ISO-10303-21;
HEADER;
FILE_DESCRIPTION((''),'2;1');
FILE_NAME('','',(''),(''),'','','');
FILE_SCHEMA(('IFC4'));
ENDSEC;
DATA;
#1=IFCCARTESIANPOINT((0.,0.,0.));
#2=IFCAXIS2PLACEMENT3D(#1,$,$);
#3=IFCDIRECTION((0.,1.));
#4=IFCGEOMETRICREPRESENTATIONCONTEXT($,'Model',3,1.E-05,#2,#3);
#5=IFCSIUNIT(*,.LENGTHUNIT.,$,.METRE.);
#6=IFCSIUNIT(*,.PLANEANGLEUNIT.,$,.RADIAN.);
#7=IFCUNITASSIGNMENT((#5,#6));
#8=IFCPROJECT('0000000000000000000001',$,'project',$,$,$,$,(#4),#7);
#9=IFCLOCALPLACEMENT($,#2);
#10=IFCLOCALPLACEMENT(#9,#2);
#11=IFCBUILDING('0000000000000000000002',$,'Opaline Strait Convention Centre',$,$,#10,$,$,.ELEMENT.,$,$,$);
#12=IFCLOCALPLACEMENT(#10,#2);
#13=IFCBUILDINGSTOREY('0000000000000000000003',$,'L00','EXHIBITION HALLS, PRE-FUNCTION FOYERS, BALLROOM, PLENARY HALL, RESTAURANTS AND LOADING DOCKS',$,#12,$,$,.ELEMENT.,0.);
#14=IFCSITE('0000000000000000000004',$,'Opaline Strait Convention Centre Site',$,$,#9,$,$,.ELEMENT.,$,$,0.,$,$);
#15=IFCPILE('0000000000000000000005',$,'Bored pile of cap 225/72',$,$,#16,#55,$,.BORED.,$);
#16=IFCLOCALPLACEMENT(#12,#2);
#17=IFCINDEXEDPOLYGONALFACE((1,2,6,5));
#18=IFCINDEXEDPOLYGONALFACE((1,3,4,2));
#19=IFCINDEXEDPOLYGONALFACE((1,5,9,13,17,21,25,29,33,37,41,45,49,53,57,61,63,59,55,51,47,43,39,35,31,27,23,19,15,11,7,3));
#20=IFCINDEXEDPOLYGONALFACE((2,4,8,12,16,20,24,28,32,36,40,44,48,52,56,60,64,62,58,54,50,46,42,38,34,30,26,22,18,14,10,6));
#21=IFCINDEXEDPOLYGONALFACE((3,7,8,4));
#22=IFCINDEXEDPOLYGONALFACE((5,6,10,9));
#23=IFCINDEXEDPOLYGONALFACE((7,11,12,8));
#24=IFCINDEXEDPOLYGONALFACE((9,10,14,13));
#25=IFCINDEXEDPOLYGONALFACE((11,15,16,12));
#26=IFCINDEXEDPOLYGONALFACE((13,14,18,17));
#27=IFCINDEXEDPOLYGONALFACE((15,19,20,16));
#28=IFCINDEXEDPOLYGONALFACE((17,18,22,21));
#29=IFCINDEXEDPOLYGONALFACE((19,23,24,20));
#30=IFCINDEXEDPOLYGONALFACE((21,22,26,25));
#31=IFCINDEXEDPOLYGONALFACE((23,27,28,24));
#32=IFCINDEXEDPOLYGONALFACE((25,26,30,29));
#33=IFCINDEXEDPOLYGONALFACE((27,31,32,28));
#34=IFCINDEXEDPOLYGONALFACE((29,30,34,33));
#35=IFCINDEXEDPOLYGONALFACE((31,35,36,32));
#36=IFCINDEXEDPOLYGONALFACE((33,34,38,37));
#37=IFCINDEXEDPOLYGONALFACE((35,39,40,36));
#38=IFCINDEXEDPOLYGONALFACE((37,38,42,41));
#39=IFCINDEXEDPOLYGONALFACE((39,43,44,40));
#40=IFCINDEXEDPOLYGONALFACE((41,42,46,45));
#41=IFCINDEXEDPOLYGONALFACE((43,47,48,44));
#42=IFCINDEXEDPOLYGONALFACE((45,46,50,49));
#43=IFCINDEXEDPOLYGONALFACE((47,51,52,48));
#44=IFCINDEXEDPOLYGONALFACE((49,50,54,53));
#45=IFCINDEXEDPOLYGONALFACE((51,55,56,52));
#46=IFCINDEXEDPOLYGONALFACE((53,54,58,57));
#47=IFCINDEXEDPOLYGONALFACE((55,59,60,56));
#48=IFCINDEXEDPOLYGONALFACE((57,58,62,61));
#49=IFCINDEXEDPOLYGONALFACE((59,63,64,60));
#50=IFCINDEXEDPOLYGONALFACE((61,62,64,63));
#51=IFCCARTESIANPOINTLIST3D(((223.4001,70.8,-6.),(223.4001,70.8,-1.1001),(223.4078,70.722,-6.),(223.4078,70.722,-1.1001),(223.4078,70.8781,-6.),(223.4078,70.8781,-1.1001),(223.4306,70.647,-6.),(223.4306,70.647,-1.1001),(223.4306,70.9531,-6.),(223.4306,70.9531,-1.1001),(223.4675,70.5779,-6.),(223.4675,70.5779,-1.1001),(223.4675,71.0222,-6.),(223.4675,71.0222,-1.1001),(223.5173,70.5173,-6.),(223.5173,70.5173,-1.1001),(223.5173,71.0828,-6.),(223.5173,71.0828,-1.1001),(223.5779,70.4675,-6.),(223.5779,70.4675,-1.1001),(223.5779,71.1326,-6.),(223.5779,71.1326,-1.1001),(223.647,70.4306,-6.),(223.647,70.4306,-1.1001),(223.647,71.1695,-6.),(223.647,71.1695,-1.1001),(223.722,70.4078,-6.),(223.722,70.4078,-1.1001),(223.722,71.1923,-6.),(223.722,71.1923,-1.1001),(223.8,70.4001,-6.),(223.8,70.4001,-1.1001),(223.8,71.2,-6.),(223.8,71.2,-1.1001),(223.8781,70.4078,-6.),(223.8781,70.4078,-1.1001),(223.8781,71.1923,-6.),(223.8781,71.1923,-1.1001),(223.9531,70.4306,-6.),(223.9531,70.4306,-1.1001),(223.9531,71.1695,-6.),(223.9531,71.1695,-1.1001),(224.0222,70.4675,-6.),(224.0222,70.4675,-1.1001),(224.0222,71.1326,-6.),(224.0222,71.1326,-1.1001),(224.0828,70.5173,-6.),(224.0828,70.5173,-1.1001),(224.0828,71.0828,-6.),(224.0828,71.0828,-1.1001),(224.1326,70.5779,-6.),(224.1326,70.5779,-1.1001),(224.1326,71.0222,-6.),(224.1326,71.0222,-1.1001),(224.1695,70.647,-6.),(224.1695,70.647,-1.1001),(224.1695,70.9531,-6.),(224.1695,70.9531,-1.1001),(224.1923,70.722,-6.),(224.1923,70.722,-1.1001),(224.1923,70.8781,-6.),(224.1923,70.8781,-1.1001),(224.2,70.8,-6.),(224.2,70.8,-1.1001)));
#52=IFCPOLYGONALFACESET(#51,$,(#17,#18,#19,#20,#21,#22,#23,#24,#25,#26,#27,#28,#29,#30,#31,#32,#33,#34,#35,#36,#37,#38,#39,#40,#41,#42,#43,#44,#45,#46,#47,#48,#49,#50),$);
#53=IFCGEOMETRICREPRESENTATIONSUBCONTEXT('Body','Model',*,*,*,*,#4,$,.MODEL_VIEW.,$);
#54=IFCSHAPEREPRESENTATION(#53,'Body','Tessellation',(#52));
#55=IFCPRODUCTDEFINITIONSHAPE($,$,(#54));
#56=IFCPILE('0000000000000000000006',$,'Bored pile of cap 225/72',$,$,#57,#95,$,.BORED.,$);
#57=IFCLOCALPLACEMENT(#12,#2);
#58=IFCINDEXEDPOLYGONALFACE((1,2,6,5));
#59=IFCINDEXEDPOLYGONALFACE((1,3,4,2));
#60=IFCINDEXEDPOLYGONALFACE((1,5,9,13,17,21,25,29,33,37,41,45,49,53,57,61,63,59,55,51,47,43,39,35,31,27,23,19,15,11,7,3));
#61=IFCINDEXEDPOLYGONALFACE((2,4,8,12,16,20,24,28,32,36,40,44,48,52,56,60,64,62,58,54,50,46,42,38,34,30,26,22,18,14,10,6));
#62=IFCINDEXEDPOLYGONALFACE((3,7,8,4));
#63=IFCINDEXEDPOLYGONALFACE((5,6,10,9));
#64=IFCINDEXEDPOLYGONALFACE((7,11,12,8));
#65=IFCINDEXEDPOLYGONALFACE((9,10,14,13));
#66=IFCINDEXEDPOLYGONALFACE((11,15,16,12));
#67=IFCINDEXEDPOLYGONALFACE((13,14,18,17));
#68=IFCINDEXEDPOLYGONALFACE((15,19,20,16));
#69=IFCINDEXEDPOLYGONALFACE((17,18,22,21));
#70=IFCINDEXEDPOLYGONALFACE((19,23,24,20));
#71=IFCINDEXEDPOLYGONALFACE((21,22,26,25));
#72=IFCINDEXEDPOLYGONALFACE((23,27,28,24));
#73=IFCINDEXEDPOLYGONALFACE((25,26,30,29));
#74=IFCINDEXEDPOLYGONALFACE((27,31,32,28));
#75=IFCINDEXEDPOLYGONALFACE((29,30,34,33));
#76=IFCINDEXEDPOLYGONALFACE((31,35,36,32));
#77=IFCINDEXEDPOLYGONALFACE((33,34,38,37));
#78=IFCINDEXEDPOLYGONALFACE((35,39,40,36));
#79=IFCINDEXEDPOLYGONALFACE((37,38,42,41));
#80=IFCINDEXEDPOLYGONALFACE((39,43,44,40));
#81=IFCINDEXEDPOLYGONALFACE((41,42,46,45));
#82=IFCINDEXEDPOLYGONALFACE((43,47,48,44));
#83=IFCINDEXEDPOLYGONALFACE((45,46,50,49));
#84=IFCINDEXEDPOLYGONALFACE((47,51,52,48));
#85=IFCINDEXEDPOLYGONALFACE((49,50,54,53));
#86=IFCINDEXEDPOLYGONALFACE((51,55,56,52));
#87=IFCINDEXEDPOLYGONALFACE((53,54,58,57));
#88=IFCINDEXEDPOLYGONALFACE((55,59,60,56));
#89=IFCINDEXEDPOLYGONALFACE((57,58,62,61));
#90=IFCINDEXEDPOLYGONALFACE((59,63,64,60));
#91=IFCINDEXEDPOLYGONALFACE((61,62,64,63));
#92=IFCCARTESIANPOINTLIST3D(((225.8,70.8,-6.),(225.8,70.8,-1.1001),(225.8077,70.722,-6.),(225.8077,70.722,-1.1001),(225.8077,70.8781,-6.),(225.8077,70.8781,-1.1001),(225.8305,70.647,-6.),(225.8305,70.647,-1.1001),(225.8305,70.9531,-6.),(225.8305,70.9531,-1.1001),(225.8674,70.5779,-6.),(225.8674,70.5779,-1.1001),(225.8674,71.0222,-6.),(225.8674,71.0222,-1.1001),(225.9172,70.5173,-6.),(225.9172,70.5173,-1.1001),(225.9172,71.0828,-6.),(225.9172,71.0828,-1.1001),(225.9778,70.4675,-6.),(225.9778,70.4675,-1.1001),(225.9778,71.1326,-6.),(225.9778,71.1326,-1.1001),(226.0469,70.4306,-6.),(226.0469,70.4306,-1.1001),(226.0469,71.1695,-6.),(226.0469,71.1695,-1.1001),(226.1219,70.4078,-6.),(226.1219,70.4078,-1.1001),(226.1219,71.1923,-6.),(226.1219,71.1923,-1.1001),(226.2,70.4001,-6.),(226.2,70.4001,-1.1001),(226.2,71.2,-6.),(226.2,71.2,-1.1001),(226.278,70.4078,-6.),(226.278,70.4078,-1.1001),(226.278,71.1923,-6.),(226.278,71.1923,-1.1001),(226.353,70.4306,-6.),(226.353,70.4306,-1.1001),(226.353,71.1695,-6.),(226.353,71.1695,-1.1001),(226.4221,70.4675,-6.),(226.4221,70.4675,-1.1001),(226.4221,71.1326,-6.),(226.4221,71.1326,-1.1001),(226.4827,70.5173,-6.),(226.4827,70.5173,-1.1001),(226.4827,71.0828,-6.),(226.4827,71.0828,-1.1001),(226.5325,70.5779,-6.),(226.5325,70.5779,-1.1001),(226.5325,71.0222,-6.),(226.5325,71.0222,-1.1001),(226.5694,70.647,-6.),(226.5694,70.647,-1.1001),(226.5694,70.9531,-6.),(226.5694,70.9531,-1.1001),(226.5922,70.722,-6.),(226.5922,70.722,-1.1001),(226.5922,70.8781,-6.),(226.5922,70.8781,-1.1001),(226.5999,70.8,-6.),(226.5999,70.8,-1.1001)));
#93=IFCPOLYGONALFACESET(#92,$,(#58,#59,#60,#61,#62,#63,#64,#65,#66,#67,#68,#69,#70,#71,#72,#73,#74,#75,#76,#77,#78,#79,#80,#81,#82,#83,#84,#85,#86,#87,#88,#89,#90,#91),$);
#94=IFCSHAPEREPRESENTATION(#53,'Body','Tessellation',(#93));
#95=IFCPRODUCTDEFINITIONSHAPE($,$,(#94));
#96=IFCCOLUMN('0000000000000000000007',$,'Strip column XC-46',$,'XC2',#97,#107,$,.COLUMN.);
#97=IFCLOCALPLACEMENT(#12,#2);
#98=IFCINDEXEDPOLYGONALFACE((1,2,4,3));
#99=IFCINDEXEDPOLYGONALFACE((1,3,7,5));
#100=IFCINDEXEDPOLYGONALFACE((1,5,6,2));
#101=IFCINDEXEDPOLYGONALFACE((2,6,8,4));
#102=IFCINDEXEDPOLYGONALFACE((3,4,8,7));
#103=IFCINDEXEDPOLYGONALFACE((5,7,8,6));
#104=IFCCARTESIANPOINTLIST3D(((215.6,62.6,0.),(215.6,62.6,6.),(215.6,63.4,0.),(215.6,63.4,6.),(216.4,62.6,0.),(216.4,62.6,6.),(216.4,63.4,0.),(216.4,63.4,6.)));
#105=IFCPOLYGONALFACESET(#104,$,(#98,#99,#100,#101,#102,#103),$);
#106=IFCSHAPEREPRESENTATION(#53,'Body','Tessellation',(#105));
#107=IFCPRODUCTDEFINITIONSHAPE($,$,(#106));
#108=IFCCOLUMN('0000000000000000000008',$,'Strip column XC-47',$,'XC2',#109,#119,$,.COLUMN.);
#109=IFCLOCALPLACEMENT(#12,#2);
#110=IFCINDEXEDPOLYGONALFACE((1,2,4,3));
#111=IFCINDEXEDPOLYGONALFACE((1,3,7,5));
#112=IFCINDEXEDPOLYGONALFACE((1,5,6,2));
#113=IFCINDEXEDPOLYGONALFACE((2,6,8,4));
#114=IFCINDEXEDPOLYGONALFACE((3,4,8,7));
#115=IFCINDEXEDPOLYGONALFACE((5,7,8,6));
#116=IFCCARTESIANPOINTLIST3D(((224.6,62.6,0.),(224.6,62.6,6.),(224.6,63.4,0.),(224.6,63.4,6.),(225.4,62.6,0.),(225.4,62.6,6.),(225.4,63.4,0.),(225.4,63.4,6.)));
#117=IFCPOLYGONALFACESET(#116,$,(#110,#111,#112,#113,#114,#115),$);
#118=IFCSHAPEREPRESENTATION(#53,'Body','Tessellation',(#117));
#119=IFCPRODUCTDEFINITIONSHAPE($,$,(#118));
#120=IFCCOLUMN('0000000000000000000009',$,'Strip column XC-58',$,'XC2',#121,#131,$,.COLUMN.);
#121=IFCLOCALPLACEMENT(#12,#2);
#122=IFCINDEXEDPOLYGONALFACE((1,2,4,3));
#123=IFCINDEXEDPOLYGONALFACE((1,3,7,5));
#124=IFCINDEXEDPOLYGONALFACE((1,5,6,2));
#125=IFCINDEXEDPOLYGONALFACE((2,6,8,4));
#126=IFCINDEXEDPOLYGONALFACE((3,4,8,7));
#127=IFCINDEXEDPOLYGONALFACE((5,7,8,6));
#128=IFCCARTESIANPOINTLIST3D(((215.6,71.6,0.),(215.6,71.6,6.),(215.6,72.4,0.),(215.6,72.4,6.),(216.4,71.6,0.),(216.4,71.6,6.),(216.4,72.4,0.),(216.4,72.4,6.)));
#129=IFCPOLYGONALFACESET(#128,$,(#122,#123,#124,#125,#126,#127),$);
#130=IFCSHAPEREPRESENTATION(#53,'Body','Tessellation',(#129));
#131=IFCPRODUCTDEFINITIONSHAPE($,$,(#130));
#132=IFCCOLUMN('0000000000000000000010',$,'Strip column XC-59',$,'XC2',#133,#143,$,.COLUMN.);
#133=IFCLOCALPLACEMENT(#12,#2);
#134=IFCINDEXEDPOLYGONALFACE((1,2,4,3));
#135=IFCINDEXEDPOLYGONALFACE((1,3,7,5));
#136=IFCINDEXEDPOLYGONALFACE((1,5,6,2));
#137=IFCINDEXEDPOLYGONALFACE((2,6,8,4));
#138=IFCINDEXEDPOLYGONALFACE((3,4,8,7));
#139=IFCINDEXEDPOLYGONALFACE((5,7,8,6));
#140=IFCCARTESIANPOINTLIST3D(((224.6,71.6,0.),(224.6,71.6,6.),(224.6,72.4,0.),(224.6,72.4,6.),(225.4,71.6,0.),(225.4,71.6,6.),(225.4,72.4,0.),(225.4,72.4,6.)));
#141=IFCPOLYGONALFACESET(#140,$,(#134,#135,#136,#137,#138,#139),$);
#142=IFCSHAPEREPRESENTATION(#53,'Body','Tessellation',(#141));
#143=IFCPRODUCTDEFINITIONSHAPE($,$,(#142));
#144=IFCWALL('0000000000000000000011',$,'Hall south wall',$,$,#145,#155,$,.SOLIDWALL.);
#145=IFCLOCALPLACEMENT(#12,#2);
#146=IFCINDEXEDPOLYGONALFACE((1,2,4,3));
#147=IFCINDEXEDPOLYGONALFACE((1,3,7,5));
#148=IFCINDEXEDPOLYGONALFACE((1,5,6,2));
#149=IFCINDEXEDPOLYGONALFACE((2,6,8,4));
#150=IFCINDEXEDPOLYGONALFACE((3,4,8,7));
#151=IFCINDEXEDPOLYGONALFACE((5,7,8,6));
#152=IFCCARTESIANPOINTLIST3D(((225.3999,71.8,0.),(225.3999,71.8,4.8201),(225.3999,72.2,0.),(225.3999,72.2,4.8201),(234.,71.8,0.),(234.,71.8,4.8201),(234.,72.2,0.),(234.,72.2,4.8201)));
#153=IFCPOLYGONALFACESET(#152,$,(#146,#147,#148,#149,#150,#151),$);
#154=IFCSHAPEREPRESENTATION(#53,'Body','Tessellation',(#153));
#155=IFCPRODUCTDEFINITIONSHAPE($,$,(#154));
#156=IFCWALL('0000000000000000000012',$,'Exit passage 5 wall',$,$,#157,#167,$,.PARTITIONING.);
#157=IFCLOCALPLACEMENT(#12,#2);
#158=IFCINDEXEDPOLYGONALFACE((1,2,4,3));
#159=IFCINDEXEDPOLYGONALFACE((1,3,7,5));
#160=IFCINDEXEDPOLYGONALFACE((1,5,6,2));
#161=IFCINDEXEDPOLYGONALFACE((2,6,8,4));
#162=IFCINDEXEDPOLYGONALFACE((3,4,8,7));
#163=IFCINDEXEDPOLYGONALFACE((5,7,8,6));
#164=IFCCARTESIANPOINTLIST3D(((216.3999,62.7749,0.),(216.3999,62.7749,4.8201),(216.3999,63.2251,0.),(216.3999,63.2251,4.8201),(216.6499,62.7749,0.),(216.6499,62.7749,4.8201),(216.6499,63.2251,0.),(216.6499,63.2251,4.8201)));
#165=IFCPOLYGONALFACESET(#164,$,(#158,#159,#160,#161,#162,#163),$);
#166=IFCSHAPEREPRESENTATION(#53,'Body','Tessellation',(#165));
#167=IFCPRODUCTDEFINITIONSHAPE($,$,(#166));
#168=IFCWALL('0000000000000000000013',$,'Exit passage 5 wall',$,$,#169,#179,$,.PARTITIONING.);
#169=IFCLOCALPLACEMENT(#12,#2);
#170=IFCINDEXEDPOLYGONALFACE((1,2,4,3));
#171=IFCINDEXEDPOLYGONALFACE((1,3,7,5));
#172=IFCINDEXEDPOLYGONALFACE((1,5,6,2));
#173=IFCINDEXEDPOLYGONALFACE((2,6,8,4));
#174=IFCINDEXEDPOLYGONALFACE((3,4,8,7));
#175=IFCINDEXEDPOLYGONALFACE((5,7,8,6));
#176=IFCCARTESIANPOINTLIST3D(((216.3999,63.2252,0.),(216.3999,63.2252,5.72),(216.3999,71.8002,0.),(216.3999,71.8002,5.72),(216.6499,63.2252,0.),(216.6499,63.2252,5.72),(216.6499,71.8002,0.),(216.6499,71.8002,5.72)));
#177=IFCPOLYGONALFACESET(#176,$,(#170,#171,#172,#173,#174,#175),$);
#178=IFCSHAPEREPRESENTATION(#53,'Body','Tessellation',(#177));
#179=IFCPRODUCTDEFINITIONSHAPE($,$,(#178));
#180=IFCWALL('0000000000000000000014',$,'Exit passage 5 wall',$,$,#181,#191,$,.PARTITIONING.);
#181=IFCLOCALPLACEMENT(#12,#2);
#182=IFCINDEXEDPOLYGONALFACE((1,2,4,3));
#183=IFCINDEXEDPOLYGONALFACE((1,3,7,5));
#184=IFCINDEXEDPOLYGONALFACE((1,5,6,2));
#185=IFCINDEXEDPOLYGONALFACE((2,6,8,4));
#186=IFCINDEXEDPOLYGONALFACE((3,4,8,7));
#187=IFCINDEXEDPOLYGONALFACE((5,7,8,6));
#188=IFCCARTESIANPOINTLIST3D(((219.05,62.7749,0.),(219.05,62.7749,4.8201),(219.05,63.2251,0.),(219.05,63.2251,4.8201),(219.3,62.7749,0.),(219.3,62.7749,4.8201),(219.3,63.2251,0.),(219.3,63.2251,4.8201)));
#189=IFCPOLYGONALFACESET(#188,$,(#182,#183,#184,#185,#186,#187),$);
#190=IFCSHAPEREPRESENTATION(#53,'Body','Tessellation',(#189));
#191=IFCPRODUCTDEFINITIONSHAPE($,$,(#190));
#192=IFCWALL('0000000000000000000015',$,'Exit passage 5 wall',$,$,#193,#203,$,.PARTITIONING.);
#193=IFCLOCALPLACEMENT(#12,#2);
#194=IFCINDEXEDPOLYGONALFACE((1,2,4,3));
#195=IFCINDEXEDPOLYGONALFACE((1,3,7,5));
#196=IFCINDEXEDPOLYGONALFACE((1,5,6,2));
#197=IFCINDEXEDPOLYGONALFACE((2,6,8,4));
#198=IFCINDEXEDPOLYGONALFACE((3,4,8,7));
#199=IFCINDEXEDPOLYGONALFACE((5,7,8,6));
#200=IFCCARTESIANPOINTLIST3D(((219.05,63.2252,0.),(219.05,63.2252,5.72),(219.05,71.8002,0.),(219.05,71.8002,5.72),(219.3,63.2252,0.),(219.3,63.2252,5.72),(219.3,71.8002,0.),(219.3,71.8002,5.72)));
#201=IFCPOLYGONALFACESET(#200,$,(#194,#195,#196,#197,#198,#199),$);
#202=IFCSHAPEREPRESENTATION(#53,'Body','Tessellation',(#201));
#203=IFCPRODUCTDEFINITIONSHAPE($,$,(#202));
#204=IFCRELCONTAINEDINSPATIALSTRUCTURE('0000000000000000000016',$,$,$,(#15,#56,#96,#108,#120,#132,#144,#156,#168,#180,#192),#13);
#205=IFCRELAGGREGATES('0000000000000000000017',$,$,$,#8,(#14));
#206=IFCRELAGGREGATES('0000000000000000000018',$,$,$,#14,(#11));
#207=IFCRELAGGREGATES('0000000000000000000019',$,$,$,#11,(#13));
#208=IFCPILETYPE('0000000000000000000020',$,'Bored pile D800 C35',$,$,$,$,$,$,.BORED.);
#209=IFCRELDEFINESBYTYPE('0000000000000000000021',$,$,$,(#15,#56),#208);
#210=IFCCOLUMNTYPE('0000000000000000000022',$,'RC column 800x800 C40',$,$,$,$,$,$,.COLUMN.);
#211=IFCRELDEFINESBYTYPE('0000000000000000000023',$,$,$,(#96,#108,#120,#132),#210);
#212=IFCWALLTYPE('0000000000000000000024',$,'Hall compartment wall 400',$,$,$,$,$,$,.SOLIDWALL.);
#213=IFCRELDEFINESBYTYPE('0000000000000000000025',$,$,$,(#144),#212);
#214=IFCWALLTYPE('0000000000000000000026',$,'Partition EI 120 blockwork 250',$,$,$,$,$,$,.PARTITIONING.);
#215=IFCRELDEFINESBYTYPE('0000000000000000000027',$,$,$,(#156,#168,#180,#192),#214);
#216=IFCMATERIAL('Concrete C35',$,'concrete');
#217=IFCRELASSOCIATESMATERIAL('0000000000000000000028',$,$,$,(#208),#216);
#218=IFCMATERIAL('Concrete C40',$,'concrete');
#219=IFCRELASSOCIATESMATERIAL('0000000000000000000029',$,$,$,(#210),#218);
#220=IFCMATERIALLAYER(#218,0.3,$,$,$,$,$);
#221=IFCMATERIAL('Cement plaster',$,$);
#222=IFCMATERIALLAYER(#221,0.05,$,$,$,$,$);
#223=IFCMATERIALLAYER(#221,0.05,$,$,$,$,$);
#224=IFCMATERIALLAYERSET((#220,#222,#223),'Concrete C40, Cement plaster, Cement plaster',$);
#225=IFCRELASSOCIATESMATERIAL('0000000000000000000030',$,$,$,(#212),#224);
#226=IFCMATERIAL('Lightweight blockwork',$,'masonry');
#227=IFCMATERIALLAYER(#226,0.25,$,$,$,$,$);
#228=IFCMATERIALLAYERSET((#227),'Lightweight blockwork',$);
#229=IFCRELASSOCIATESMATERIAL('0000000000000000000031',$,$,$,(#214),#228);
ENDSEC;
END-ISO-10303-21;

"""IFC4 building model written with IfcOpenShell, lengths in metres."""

from ifc_helpers import new_model, si_unit, direction, frame, frame_2d, origin, origin_2d, place, context, subcontext, project, spatial, rectangle, circle, extrude, material, layer, layer_set, material_profile, profile_set, type_object, element, save


model = new_model("IFC4")

# Units and contexts
model_context = context("Model", 3, precision=1e-05, world=origin(), true_north=direction((0.0, 1.0)))
body_context = subcontext(model_context, "Body", "Model", "MODEL_VIEW")
ifc_project = project(units=[si_unit("LENGTHUNIT", "METRE"), si_unit("PLANEANGLEUNIT", "RADIAN")], contexts=[model_context])

# Site, building, storey
site_placement = place(None, origin())
site = spatial("IfcSite", under=ifc_project, at=site_placement, Name="Opaline Strait Convention Centre Site", CompositionType="ELEMENT", RefElevation=0.0)
building_placement = place(site_placement, origin())
building = spatial("IfcBuilding", under=site, at=building_placement, Name="Opaline Strait Convention Centre", CompositionType="ELEMENT")
storey_placement = place(building_placement, origin())
storey = spatial("IfcBuildingStorey", under=building, at=storey_placement, Name="L00", Description="EXHIBITION HALLS, PRE-FUNCTION FOYERS, BALLROOM, PLENARY HALL, RESTAURANTS AND LOADING DOCKS", CompositionType="ELEMENT", Elevation=0.0)

# Piles
ifc_material_1 = material(Name="Concrete C35", Category="concrete")
ifc_material_profile_1 = material_profile(ifc_material_1, circle(Radius=0.3999, at=origin_2d()), Name="D800")
ifc_profile_set_1 = profile_set([ifc_material_profile_1], Name="Concrete C35")
pile_type = type_object("IfcPileType", Name="Bored pile D800 C35", PredefinedType="BORED", material=ifc_profile_set_1)
for number, where, z_axis, x_axis, name in (
    (1, (223.8, 70.8, -1.1001), (0.0, 0.0, -1.0), (1.0, 0.0, 0.0), "Bored pile of cap 225/72"),
    (2, (226.2, 70.8, -1.1001), (0.0, 0.0, -1.0), (1.0, 0.0, 0.0), "Bored pile of cap 225/72"),
):
    element("IfcPile", number, at=place(storey_placement, frame(where, z_axis=z_axis, x_axis=x_axis)), inside=storey, type_object=pile_type, Name=name, PredefinedType="BORED", context=body_context, shape_type="SweptSolid", body=[
        extrude(circle(Radius=0.3999, at=origin_2d()), origin(), (0.0, 0.0, 1.0), 4.8999),
    ])

# Columns
ifc_material_2 = material(Name="Concrete C40", Category="concrete")
ifc_material_profile_2 = material_profile(ifc_material_2, rectangle(XDim=0.8, YDim=0.8, at=origin_2d()), Name="RC 800x800")
ifc_profile_set_2 = profile_set([ifc_material_profile_2], Name="Concrete C40")
column_type = type_object("IfcColumnType", Name="RC column 800x800 C40", PredefinedType="COLUMN", material=ifc_profile_set_2)
for number, where, z_axis, x_axis, name in (
    (3, (216.0, 63.0, 0.0), (0.0, 0.0, 1.0), (1.0, 0.0, 0.0), "Strip column XC-46"),
    (4, (225.0, 63.0, 0.0), (0.0, 0.0, 1.0), (1.0, 0.0, 0.0), "Strip column XC-47"),
    (5, (216.0, 72.0, 0.0), (0.0, 0.0, 1.0), (1.0, 0.0, 0.0), "Strip column XC-58"),
    (6, (225.0, 72.0, 0.0), (0.0, 0.0, 1.0), (1.0, 0.0, 0.0), "Strip column XC-59"),
):
    element("IfcColumn", number, at=place(storey_placement, frame(where, z_axis=z_axis, x_axis=x_axis)), inside=storey, type_object=column_type, Name=name, ObjectType="XC2", PredefinedType="COLUMN", context=body_context, shape_type="SweptSolid", body=[
        extrude(rectangle(XDim=0.8, YDim=0.8, at=origin_2d()), origin(), (0.0, 0.0, 1.0), 6.0),
    ])

# Shared definitions
ifc_layer_1 = layer(ifc_material_2, 0.3)
ifc_material_3 = material(Name="Cement plaster")
ifc_layer_2 = layer(ifc_material_3, 0.05)
ifc_layer_3 = layer(ifc_material_3, 0.05)
ifc_layer_set_1 = layer_set([ifc_layer_1, ifc_layer_2, ifc_layer_3], Name="Concrete C40, Cement plaster, Cement plaster")
wall_type_1 = type_object("IfcWallType", Name="Hall compartment wall 400", PredefinedType="SOLIDWALL", material=ifc_layer_set_1)

# Walls
wall_1_placement = place(storey_placement, frame((225.3999, 72.0, 0.0), z_axis=(0.0, 0.0, 1.0), x_axis=(1.0, 0.0, 0.0)))
element("IfcWall", 7, at=wall_1_placement, inside=storey, type_object=wall_type_1, Name="Hall south wall", PredefinedType="SOLIDWALL", context=body_context, shape_type="SweptSolid", body=[
    extrude(rectangle(XDim=8.6001, YDim=0.3999, at=frame_2d((4.3, 0.0))), origin(), (0.0, 0.0, 1.0), 4.8201),
])
ifc_material_4 = material(Name="Lightweight blockwork", Category="masonry")
ifc_layer_4 = layer(ifc_material_4, 0.25)
ifc_layer_set_2 = layer_set([ifc_layer_4], Name="Lightweight blockwork")
wall_type_2 = type_object("IfcWallType", Name="Partition EI 120 blockwork 250", PredefinedType="PARTITIONING", material=ifc_layer_set_2)
wall_2_placement = place(storey_placement, frame((216.5249, 62.7749, 0.0), z_axis=(0.0, 0.0, 1.0), x_axis=(0.0, 1.0, 0.0)))
element("IfcWall", 8, at=wall_2_placement, inside=storey, type_object=wall_type_2, Name="Exit passage 5 wall", PredefinedType="PARTITIONING", context=body_context, shape_type="SweptSolid", body=[
    extrude(rectangle(XDim=0.4502, YDim=0.25, at=frame_2d((0.2251, 0.0))), origin(), (0.0, 0.0, 1.0), 4.8201),
])
wall_3_placement = place(storey_placement, frame((216.5249, 63.2251, 0.0), z_axis=(0.0, 0.0, 1.0), x_axis=(0.0, 1.0, 0.0)))
element("IfcWall", 9, at=wall_3_placement, inside=storey, type_object=wall_type_2, Name="Exit passage 5 wall", PredefinedType="PARTITIONING", context=body_context, shape_type="SweptSolid", body=[
    extrude(rectangle(XDim=8.575, YDim=0.25, at=frame_2d((4.2876, 0.0))), origin(), (0.0, 0.0, 1.0), 5.72),
])
wall_4_placement = place(storey_placement, frame((219.175, 62.7749, 0.0), z_axis=(0.0, 0.0, 1.0), x_axis=(0.0, 1.0, 0.0)))
element("IfcWall", 10, at=wall_4_placement, inside=storey, type_object=wall_type_2, Name="Exit passage 5 wall", PredefinedType="PARTITIONING", context=body_context, shape_type="SweptSolid", body=[
    extrude(rectangle(XDim=0.4502, YDim=0.25, at=frame_2d((0.2251, 0.0))), origin(), (0.0, 0.0, 1.0), 4.8201),
])
wall_5_placement = place(storey_placement, frame((219.175, 63.2251, 0.0), z_axis=(0.0, 0.0, 1.0), x_axis=(0.0, 1.0, 0.0)))
element("IfcWall", 11, at=wall_5_placement, inside=storey, type_object=wall_type_2, Name="Exit passage 5 wall", PredefinedType="PARTITIONING", context=body_context, shape_type="SweptSolid", body=[
    extrude(rectangle(XDim=8.575, YDim=0.25, at=frame_2d((4.2876, 0.0))), origin(), (0.0, 0.0, 1.0), 5.72),
])

save(model, "model.ifc")
